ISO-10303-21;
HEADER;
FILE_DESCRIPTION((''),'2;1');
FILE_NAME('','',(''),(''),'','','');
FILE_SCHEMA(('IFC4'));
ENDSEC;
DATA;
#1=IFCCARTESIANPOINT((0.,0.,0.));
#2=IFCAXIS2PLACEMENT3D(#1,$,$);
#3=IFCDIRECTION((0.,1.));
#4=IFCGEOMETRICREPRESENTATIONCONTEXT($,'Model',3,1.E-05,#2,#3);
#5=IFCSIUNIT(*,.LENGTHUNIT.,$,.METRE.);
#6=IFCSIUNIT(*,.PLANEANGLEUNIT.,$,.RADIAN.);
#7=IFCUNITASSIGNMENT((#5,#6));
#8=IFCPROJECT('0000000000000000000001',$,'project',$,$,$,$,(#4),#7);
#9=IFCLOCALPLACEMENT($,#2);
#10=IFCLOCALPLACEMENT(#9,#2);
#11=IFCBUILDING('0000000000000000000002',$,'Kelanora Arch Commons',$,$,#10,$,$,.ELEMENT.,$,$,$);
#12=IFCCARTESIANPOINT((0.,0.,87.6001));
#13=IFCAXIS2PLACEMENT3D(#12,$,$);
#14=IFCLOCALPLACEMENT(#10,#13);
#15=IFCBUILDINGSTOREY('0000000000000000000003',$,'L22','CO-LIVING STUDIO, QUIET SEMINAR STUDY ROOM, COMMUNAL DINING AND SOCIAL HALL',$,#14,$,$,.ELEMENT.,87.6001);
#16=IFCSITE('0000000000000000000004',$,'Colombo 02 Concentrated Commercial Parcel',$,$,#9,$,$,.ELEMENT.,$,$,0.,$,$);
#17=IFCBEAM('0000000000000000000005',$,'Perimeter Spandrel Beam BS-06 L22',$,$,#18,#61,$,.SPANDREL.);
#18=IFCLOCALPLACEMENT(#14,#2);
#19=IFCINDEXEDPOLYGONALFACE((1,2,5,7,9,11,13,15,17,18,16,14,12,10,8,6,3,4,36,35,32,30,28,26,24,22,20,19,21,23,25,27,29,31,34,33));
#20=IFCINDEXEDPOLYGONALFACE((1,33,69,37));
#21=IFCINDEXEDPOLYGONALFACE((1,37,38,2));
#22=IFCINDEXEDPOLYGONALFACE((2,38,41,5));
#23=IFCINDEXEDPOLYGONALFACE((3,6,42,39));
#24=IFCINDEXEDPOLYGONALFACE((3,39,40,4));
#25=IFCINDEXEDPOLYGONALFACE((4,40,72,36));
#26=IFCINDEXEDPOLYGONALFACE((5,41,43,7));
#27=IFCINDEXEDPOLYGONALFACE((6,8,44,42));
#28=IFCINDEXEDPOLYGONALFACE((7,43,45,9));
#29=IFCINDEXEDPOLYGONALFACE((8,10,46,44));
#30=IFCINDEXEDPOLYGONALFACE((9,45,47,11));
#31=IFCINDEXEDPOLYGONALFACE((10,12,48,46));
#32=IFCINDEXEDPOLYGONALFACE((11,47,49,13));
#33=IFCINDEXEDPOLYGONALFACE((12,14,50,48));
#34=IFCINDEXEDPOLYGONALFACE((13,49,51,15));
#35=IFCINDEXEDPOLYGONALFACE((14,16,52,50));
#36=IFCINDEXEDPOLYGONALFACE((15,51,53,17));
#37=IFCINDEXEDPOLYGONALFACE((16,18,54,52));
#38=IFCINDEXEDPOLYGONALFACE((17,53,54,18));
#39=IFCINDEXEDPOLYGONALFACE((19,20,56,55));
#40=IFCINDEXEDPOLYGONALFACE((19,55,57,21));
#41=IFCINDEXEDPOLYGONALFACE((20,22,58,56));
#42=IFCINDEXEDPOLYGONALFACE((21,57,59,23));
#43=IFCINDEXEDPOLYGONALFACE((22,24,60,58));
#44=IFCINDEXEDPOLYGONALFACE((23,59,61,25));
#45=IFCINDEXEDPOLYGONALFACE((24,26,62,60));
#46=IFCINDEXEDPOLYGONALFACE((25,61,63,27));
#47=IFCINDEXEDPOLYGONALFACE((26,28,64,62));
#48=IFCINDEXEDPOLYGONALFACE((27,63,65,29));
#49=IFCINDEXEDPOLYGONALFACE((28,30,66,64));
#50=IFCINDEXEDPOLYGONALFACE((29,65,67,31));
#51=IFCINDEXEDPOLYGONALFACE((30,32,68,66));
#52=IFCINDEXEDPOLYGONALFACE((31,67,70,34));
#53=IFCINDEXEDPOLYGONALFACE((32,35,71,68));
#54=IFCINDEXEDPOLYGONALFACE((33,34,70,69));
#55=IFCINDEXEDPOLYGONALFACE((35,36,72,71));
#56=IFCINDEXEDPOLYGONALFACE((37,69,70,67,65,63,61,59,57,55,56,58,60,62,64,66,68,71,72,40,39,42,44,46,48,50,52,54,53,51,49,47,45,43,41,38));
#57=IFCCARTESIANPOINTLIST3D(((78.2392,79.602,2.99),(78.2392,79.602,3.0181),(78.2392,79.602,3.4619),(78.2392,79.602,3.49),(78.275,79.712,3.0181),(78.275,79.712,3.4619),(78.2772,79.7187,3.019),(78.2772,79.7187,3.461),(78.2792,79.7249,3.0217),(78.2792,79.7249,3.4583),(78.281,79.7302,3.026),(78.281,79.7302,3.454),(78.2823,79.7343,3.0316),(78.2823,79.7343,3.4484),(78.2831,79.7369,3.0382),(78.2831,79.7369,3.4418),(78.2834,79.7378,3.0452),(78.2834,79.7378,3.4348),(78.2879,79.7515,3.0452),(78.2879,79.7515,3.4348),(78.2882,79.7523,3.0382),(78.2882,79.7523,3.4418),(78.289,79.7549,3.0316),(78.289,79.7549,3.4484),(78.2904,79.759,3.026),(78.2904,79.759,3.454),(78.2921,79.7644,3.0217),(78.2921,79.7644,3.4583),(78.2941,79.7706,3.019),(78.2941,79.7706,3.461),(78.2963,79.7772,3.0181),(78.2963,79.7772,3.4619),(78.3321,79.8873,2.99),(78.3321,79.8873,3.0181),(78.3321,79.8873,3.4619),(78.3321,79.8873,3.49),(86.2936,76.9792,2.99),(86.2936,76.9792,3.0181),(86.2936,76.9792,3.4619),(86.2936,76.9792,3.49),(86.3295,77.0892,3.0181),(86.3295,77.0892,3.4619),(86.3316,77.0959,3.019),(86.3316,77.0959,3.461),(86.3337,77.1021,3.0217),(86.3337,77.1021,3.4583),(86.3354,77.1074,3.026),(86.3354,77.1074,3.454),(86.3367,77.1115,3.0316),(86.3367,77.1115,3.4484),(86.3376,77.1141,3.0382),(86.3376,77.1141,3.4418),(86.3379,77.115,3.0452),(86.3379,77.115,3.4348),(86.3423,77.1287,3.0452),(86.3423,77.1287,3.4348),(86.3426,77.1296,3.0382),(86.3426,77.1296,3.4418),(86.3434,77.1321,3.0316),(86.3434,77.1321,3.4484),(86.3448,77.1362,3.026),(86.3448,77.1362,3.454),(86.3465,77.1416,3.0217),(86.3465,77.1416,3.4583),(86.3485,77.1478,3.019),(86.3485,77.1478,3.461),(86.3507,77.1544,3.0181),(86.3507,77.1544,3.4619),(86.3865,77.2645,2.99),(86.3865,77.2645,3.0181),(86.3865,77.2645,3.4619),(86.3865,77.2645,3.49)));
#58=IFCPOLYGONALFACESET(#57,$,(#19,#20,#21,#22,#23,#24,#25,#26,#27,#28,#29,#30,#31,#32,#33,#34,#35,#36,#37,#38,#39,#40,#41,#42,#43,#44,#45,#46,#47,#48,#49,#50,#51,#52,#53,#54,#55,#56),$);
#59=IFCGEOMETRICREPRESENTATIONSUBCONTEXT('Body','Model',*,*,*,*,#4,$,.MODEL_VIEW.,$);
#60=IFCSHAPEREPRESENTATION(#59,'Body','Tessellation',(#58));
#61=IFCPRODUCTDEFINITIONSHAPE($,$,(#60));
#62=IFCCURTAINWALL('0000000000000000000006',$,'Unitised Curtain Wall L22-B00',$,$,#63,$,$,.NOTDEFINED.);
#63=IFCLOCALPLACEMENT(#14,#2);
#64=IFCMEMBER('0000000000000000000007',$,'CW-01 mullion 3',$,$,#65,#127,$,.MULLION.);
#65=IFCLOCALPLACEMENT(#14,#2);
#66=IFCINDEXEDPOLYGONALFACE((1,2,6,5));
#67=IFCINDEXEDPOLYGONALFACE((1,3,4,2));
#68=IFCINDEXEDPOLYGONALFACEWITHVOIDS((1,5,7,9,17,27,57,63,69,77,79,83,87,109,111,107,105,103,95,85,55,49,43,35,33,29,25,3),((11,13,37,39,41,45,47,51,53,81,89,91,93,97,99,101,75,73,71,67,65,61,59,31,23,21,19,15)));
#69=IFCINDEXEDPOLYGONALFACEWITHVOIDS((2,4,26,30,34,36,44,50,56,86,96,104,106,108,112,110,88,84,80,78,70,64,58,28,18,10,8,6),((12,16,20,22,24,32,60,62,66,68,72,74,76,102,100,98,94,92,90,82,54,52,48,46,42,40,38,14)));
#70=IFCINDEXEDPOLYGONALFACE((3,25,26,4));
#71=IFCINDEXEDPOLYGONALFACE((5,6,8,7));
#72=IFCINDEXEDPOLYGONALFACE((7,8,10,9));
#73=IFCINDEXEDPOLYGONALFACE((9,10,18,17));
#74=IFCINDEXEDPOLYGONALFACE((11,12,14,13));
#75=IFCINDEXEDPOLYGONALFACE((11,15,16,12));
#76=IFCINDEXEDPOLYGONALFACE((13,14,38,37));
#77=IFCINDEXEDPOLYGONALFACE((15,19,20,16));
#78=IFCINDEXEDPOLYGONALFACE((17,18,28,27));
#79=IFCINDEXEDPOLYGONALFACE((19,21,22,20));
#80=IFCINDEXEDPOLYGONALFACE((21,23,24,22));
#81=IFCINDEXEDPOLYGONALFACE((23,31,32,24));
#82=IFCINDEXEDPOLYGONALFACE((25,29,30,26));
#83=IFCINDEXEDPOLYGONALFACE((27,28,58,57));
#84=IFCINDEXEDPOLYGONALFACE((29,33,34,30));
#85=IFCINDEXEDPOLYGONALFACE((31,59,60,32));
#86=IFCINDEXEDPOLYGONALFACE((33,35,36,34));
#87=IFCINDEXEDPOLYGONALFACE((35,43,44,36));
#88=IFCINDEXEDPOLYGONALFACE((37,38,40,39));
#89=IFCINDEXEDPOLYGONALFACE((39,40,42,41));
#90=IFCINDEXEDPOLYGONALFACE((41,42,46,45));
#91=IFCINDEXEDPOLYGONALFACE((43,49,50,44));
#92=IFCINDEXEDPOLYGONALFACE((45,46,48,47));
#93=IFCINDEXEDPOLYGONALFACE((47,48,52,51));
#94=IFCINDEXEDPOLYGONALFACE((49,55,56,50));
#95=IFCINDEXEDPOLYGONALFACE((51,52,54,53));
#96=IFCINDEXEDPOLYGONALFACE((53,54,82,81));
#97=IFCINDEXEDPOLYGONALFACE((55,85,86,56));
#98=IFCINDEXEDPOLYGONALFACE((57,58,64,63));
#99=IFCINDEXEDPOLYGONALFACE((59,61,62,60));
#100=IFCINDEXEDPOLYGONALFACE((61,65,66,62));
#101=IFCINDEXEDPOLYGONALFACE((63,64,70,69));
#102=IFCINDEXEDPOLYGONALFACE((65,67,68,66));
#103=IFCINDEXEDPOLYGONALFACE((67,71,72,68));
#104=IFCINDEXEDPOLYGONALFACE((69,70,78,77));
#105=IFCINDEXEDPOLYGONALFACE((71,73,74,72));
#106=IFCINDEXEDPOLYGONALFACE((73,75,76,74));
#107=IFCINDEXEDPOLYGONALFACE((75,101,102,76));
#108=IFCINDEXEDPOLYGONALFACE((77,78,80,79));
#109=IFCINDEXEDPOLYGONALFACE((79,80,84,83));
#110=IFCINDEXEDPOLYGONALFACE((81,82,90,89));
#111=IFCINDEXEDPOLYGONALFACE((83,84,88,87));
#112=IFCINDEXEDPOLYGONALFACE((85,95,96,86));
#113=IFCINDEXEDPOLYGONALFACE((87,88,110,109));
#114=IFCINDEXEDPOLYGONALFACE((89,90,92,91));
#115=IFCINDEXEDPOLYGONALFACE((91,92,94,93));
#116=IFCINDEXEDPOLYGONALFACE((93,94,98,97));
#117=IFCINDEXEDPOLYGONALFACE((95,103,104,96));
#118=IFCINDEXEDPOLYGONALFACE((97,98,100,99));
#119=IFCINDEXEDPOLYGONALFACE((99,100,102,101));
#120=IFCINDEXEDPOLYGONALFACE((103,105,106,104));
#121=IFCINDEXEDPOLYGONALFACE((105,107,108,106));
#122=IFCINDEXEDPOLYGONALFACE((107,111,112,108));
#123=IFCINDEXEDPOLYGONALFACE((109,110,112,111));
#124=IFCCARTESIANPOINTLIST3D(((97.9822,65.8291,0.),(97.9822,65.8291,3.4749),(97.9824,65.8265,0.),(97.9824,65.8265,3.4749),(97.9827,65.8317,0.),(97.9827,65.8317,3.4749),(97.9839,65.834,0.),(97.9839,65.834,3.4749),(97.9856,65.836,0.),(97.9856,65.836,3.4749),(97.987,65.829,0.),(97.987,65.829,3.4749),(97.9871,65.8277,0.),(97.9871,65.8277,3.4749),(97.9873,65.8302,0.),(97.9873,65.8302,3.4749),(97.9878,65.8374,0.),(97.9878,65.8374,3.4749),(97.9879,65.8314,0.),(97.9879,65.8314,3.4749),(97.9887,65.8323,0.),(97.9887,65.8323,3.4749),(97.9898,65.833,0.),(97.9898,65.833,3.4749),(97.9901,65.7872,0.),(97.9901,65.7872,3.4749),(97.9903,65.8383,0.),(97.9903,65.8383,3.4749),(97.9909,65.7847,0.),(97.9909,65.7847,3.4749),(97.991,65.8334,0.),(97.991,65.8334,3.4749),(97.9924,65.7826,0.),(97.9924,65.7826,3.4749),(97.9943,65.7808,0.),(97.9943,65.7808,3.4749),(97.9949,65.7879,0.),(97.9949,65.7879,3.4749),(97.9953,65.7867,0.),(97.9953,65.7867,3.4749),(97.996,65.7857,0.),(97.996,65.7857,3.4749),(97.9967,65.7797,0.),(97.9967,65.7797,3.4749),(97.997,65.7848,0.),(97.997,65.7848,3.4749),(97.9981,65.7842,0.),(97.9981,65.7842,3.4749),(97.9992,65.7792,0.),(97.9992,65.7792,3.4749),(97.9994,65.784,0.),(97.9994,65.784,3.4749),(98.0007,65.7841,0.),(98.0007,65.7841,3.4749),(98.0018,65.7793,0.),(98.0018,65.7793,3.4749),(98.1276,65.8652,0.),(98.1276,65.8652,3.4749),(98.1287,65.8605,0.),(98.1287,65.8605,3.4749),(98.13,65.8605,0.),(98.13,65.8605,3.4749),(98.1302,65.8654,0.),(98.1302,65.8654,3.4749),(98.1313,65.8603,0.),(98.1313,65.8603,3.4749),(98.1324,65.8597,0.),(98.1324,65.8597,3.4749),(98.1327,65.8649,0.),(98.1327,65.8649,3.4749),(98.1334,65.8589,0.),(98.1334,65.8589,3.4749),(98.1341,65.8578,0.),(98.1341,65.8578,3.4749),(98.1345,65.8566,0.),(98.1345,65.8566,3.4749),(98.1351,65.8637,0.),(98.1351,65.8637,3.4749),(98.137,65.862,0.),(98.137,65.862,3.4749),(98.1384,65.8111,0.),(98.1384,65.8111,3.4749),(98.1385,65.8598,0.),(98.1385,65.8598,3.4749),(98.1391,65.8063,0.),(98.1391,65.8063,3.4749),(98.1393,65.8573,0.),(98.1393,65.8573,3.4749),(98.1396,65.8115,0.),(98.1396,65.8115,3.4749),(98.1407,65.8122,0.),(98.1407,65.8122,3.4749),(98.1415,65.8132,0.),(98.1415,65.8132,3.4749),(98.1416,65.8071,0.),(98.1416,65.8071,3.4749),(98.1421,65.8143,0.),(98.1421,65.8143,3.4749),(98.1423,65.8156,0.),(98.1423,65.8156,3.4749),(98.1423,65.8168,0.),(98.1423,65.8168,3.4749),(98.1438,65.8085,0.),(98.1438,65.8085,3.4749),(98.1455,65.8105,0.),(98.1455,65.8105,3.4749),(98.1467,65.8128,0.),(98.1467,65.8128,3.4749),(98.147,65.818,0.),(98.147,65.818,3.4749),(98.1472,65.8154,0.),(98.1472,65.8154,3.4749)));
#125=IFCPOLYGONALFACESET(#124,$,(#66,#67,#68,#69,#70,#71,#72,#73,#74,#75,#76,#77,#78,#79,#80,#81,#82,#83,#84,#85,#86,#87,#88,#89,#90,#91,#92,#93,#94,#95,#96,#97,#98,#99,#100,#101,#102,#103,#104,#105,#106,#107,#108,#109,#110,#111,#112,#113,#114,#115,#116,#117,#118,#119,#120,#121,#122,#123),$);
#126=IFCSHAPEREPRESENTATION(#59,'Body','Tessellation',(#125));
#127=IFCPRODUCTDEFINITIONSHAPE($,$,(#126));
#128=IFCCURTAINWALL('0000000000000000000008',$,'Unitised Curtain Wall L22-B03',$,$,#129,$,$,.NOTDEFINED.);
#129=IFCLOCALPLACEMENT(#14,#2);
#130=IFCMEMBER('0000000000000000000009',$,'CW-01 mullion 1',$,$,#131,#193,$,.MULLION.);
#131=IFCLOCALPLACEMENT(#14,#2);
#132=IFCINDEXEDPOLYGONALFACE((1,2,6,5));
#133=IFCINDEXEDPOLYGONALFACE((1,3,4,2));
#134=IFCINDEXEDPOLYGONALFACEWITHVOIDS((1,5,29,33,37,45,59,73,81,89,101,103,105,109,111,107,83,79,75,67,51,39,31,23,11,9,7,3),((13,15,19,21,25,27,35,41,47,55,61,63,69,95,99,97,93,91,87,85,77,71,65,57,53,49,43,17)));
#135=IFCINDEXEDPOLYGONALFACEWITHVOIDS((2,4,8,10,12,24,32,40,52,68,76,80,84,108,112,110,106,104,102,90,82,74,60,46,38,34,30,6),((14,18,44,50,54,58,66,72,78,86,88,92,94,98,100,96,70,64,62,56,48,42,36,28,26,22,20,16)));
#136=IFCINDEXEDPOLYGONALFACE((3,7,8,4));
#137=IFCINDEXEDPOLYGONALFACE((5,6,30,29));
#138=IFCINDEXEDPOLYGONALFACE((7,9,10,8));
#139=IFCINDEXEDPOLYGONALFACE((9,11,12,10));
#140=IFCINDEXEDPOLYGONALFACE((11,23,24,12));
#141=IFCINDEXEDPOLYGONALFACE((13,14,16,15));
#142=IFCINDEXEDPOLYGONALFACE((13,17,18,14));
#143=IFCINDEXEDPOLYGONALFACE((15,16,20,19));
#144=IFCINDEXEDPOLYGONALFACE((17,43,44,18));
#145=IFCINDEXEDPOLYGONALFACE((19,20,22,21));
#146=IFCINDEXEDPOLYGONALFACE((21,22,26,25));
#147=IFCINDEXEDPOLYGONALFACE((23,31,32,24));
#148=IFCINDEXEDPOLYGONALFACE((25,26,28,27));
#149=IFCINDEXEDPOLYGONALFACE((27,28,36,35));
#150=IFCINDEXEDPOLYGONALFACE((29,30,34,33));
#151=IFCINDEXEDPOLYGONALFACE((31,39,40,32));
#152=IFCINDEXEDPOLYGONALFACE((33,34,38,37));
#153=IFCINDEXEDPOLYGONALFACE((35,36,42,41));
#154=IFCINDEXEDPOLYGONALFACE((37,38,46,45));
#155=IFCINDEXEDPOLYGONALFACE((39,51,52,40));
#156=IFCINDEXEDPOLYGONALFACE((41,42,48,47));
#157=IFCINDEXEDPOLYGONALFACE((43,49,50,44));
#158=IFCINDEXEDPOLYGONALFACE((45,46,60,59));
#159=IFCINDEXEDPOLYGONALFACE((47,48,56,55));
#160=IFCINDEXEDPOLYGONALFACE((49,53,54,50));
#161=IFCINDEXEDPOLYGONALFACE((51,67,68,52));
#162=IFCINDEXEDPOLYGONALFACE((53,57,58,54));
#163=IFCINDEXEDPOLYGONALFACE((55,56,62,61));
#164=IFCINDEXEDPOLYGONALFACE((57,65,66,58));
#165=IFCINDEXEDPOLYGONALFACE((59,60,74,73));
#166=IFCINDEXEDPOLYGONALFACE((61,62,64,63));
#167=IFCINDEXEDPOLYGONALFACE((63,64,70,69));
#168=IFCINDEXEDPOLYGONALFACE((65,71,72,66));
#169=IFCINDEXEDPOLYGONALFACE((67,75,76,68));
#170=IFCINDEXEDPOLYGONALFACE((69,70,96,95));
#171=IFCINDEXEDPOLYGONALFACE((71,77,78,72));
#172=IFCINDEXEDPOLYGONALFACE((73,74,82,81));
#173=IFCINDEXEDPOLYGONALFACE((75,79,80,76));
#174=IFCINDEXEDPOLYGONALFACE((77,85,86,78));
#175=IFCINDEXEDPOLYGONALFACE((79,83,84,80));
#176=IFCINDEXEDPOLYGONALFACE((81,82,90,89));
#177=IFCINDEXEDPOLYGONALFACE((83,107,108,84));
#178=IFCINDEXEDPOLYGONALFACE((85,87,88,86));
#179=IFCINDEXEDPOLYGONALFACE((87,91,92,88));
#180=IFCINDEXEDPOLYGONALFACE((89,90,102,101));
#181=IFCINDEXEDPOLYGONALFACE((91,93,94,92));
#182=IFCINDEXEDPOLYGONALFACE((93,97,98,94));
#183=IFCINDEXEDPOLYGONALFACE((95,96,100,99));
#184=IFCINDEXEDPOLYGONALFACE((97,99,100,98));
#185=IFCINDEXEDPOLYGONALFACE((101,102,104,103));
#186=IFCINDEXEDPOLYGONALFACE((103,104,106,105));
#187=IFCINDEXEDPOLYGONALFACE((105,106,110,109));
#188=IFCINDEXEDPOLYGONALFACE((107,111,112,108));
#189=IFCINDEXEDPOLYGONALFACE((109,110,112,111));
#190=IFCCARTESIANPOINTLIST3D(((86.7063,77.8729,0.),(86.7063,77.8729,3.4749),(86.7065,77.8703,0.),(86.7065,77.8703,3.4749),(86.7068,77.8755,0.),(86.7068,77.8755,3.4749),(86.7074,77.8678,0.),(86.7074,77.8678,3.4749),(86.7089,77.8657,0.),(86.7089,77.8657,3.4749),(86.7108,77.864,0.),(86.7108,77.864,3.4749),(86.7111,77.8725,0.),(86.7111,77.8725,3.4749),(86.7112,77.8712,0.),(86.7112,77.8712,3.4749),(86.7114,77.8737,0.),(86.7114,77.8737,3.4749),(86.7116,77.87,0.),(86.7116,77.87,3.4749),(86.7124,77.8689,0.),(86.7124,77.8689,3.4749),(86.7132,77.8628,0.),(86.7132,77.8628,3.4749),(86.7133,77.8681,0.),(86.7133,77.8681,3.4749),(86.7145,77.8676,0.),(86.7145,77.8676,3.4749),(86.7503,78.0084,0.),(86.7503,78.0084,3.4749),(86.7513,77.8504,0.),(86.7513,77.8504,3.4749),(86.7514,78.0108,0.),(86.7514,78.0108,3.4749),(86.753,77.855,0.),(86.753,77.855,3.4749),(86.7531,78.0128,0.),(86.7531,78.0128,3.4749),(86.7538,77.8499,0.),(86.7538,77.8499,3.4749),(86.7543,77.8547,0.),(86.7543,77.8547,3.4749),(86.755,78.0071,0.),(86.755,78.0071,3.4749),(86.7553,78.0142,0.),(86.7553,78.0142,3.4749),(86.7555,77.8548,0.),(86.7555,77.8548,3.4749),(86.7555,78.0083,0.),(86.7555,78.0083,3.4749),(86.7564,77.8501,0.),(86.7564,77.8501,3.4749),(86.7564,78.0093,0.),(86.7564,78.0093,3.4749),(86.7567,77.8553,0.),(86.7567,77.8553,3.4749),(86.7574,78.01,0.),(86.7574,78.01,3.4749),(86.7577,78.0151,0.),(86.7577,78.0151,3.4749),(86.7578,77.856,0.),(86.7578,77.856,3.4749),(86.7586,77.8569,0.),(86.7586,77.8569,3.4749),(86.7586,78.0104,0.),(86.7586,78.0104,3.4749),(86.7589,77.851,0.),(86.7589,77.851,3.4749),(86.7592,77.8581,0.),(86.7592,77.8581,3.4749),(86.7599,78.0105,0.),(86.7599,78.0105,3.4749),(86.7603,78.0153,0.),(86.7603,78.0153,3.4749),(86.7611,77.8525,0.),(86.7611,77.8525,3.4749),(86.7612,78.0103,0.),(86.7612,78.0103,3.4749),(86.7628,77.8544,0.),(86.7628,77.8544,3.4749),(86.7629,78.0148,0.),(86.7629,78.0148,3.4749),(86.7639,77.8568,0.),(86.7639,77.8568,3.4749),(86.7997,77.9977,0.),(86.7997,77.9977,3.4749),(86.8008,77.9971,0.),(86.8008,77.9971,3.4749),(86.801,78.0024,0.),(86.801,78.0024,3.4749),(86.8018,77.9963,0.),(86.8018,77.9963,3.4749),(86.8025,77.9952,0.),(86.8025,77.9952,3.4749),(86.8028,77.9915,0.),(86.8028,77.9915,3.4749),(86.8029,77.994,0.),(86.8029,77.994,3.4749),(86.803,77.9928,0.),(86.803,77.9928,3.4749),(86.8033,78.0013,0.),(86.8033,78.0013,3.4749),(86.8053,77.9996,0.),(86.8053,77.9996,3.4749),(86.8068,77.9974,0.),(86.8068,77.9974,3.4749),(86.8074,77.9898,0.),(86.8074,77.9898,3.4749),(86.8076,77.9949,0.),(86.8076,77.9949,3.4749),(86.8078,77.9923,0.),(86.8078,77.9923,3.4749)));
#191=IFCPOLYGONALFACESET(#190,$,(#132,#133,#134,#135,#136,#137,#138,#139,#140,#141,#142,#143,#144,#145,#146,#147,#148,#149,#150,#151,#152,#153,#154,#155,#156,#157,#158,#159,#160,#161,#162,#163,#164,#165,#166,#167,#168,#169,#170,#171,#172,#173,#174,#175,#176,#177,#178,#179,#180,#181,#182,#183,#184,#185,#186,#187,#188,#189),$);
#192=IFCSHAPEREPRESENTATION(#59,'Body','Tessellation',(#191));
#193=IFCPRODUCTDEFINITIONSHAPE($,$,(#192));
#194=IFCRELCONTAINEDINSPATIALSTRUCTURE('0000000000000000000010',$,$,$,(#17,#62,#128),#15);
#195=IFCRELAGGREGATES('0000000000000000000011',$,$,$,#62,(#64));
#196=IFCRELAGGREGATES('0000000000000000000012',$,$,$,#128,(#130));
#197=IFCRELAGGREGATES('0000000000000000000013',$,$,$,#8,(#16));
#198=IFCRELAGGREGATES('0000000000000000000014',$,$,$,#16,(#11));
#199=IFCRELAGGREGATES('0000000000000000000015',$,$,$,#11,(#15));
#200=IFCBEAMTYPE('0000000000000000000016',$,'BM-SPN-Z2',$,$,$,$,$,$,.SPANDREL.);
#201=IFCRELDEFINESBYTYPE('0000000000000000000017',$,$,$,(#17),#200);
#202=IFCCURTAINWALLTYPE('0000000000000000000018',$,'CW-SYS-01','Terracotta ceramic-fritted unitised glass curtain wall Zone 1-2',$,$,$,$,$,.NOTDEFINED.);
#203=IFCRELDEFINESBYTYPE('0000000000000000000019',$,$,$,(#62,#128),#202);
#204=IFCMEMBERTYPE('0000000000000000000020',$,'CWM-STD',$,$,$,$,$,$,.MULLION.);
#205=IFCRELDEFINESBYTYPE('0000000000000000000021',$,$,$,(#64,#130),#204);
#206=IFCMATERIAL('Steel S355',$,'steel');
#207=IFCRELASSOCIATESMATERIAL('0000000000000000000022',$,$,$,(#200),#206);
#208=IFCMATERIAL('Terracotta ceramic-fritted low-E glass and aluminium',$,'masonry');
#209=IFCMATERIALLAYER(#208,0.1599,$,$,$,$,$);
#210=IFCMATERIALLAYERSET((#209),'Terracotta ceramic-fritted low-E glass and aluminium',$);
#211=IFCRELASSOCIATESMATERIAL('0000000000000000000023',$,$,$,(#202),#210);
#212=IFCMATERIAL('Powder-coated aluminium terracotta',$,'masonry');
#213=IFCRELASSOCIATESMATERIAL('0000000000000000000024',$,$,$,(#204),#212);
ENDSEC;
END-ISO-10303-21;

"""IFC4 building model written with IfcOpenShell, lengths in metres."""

from ifc_helpers import new_model, si_unit, direction, frame, origin, origin_2d, place, context, subcontext, project, spatial, hollow_rectangle, i_section, extrude, material, layer, layer_set, material_profile, profile_set, type_object, element, aggregate, save


model = new_model("IFC4")

# Units and contexts
model_context = context("Model", 3, precision=1e-05, world=origin(), true_north=direction((0.0, 1.0)))
body_context = subcontext(model_context, "Body", "Model", "MODEL_VIEW")
ifc_project = project(units=[si_unit("LENGTHUNIT", "METRE"), si_unit("PLANEANGLEUNIT", "RADIAN")], contexts=[model_context])

# Site, building, storey
site_placement = place(None, origin())
site = spatial("IfcSite", under=ifc_project, at=site_placement, Name="Colombo 02 Concentrated Commercial Parcel", CompositionType="ELEMENT", RefElevation=0.0)
building_placement = place(site_placement, origin())
building = spatial("IfcBuilding", under=site, at=building_placement, Name="Kelanora Arch Commons", CompositionType="ELEMENT")
storey_placement = place(building_placement, frame((0.0, 0.0, 87.6001)))
storey = spatial("IfcBuildingStorey", under=building, at=storey_placement, Name="L22", Description="CO-LIVING STUDIO, QUIET SEMINAR STUDY ROOM, COMMUNAL DINING AND SOCIAL HALL", CompositionType="ELEMENT", Elevation=87.6001)

# Beam
ifc_material_1 = material(Name="Steel S355", Category="steel")
ifc_material_profile_1 = material_profile(ifc_material_1, i_section(OverallWidth=0.3, OverallDepth=0.5, WebThickness=0.0144, FlangeThickness=0.0281, FilletRadius=0.0271, at=origin_2d()), Name="HEB500")
ifc_profile_set_1 = profile_set([ifc_material_profile_1], Name="Steel S355")
beam_type_1 = type_object("IfcBeamType", Name="BM-SPN-Z2", PredefinedType="SPANDREL", material=ifc_profile_set_1)
beam_1_placement = place(storey_placement, frame((86.3401, 77.1218, 3.24), z_axis=(-0.950857, 0.309631, 0.0), x_axis=(-0.309631, -0.950857, 0.0)))
element("IfcBeam", 1, at=beam_1_placement, inside=storey, type_object=beam_type_1, Name="Perimeter Spandrel Beam BS-06 L22", PredefinedType="SPANDREL", context=body_context, shape_type="SweptSolid", body=[
    extrude(i_section(OverallWidth=0.3, OverallDepth=0.5, WebThickness=0.0144, FlangeThickness=0.0281, FilletRadius=0.0271, at=origin_2d()), origin(), (0.0, 0.0, 1.0), 8.4707),
])

# Curtain wall, member
ifc_material_2 = material(Name="Terracotta ceramic-fritted low-E glass and aluminium", Category="masonry")
ifc_layer_1 = layer(ifc_material_2, 0.1599)
ifc_layer_set_1 = layer_set([ifc_layer_1], Name="Terracotta ceramic-fritted low-E glass and aluminium")
curtain_wall_type = type_object("IfcCurtainWallType", Name="CW-SYS-01", Description="Terracotta ceramic-fritted unitised glass curtain wall Zone 1-2", PredefinedType="NOTDEFINED", material=ifc_layer_set_1)
curtain_wall_1_placement = place(storey_placement, origin())
curtain_wall_1 = element("IfcCurtainWall", 2, at=curtain_wall_1_placement, inside=storey, type_object=curtain_wall_type, Name="Unitised Curtain Wall L22-B00", PredefinedType="NOTDEFINED")
ifc_material_3 = material(Name="Powder-coated aluminium terracotta", Category="masonry")
ifc_material_profile_2 = material_profile(ifc_material_3, hollow_rectangle(XDim=0.1599, YDim=0.0601, WallThickness=0.0049, InnerFilletRadius=0.0049, OuterFilletRadius=0.01, at=origin_2d()), Name="CWM160x60")
ifc_profile_set_2 = profile_set([ifc_material_profile_2], Name="Powder-coated aluminium terracotta")
member_type_1 = type_object("IfcMemberType", Name="CWM-STD", PredefinedType="MULLION", material=ifc_profile_set_2)
member_1_placement = place(storey_placement, frame((98.0647, 65.8223, 0.0), z_axis=(0.0, 0.0, 1.0), x_axis=(-0.98128, -0.192585, 0.0)))
member_1 = element("IfcMember", 3, at=member_1_placement, type_object=member_type_1, Name="CW-01 mullion 3", PredefinedType="MULLION", context=body_context, shape_type="SweptSolid", body=[
    extrude(hollow_rectangle(XDim=0.1599, YDim=0.0601, WallThickness=0.0049, InnerFilletRadius=0.0049, OuterFilletRadius=0.01, at=origin_2d()), origin(), (0.0, 0.0, 1.0), 3.4749),
])
aggregate(curtain_wall_1, [member_1])

# Curtain wall, member
curtain_wall_2_placement = place(storey_placement, origin())
curtain_wall_2 = element("IfcCurtainWall", 4, at=curtain_wall_2_placement, inside=storey, type_object=curtain_wall_type, Name="Unitised Curtain Wall L22-B03", PredefinedType="NOTDEFINED")
member_2_placement = place(storey_placement, frame((86.7571, 77.9326, 0.0), z_axis=(0.0, 0.0, 1.0), x_axis=(-0.310805, -0.950474, 0.0)))
member_2 = element("IfcMember", 5, at=member_2_placement, type_object=member_type_1, Name="CW-01 mullion 1", PredefinedType="MULLION", context=body_context, shape_type="SweptSolid", body=[
    extrude(hollow_rectangle(XDim=0.1599, YDim=0.0601, WallThickness=0.0049, InnerFilletRadius=0.0049, OuterFilletRadius=0.01, at=origin_2d()), origin(), (0.0, 0.0, 1.0), 3.4749),
])
aggregate(curtain_wall_2, [member_2])

save(model, "model.ifc")
